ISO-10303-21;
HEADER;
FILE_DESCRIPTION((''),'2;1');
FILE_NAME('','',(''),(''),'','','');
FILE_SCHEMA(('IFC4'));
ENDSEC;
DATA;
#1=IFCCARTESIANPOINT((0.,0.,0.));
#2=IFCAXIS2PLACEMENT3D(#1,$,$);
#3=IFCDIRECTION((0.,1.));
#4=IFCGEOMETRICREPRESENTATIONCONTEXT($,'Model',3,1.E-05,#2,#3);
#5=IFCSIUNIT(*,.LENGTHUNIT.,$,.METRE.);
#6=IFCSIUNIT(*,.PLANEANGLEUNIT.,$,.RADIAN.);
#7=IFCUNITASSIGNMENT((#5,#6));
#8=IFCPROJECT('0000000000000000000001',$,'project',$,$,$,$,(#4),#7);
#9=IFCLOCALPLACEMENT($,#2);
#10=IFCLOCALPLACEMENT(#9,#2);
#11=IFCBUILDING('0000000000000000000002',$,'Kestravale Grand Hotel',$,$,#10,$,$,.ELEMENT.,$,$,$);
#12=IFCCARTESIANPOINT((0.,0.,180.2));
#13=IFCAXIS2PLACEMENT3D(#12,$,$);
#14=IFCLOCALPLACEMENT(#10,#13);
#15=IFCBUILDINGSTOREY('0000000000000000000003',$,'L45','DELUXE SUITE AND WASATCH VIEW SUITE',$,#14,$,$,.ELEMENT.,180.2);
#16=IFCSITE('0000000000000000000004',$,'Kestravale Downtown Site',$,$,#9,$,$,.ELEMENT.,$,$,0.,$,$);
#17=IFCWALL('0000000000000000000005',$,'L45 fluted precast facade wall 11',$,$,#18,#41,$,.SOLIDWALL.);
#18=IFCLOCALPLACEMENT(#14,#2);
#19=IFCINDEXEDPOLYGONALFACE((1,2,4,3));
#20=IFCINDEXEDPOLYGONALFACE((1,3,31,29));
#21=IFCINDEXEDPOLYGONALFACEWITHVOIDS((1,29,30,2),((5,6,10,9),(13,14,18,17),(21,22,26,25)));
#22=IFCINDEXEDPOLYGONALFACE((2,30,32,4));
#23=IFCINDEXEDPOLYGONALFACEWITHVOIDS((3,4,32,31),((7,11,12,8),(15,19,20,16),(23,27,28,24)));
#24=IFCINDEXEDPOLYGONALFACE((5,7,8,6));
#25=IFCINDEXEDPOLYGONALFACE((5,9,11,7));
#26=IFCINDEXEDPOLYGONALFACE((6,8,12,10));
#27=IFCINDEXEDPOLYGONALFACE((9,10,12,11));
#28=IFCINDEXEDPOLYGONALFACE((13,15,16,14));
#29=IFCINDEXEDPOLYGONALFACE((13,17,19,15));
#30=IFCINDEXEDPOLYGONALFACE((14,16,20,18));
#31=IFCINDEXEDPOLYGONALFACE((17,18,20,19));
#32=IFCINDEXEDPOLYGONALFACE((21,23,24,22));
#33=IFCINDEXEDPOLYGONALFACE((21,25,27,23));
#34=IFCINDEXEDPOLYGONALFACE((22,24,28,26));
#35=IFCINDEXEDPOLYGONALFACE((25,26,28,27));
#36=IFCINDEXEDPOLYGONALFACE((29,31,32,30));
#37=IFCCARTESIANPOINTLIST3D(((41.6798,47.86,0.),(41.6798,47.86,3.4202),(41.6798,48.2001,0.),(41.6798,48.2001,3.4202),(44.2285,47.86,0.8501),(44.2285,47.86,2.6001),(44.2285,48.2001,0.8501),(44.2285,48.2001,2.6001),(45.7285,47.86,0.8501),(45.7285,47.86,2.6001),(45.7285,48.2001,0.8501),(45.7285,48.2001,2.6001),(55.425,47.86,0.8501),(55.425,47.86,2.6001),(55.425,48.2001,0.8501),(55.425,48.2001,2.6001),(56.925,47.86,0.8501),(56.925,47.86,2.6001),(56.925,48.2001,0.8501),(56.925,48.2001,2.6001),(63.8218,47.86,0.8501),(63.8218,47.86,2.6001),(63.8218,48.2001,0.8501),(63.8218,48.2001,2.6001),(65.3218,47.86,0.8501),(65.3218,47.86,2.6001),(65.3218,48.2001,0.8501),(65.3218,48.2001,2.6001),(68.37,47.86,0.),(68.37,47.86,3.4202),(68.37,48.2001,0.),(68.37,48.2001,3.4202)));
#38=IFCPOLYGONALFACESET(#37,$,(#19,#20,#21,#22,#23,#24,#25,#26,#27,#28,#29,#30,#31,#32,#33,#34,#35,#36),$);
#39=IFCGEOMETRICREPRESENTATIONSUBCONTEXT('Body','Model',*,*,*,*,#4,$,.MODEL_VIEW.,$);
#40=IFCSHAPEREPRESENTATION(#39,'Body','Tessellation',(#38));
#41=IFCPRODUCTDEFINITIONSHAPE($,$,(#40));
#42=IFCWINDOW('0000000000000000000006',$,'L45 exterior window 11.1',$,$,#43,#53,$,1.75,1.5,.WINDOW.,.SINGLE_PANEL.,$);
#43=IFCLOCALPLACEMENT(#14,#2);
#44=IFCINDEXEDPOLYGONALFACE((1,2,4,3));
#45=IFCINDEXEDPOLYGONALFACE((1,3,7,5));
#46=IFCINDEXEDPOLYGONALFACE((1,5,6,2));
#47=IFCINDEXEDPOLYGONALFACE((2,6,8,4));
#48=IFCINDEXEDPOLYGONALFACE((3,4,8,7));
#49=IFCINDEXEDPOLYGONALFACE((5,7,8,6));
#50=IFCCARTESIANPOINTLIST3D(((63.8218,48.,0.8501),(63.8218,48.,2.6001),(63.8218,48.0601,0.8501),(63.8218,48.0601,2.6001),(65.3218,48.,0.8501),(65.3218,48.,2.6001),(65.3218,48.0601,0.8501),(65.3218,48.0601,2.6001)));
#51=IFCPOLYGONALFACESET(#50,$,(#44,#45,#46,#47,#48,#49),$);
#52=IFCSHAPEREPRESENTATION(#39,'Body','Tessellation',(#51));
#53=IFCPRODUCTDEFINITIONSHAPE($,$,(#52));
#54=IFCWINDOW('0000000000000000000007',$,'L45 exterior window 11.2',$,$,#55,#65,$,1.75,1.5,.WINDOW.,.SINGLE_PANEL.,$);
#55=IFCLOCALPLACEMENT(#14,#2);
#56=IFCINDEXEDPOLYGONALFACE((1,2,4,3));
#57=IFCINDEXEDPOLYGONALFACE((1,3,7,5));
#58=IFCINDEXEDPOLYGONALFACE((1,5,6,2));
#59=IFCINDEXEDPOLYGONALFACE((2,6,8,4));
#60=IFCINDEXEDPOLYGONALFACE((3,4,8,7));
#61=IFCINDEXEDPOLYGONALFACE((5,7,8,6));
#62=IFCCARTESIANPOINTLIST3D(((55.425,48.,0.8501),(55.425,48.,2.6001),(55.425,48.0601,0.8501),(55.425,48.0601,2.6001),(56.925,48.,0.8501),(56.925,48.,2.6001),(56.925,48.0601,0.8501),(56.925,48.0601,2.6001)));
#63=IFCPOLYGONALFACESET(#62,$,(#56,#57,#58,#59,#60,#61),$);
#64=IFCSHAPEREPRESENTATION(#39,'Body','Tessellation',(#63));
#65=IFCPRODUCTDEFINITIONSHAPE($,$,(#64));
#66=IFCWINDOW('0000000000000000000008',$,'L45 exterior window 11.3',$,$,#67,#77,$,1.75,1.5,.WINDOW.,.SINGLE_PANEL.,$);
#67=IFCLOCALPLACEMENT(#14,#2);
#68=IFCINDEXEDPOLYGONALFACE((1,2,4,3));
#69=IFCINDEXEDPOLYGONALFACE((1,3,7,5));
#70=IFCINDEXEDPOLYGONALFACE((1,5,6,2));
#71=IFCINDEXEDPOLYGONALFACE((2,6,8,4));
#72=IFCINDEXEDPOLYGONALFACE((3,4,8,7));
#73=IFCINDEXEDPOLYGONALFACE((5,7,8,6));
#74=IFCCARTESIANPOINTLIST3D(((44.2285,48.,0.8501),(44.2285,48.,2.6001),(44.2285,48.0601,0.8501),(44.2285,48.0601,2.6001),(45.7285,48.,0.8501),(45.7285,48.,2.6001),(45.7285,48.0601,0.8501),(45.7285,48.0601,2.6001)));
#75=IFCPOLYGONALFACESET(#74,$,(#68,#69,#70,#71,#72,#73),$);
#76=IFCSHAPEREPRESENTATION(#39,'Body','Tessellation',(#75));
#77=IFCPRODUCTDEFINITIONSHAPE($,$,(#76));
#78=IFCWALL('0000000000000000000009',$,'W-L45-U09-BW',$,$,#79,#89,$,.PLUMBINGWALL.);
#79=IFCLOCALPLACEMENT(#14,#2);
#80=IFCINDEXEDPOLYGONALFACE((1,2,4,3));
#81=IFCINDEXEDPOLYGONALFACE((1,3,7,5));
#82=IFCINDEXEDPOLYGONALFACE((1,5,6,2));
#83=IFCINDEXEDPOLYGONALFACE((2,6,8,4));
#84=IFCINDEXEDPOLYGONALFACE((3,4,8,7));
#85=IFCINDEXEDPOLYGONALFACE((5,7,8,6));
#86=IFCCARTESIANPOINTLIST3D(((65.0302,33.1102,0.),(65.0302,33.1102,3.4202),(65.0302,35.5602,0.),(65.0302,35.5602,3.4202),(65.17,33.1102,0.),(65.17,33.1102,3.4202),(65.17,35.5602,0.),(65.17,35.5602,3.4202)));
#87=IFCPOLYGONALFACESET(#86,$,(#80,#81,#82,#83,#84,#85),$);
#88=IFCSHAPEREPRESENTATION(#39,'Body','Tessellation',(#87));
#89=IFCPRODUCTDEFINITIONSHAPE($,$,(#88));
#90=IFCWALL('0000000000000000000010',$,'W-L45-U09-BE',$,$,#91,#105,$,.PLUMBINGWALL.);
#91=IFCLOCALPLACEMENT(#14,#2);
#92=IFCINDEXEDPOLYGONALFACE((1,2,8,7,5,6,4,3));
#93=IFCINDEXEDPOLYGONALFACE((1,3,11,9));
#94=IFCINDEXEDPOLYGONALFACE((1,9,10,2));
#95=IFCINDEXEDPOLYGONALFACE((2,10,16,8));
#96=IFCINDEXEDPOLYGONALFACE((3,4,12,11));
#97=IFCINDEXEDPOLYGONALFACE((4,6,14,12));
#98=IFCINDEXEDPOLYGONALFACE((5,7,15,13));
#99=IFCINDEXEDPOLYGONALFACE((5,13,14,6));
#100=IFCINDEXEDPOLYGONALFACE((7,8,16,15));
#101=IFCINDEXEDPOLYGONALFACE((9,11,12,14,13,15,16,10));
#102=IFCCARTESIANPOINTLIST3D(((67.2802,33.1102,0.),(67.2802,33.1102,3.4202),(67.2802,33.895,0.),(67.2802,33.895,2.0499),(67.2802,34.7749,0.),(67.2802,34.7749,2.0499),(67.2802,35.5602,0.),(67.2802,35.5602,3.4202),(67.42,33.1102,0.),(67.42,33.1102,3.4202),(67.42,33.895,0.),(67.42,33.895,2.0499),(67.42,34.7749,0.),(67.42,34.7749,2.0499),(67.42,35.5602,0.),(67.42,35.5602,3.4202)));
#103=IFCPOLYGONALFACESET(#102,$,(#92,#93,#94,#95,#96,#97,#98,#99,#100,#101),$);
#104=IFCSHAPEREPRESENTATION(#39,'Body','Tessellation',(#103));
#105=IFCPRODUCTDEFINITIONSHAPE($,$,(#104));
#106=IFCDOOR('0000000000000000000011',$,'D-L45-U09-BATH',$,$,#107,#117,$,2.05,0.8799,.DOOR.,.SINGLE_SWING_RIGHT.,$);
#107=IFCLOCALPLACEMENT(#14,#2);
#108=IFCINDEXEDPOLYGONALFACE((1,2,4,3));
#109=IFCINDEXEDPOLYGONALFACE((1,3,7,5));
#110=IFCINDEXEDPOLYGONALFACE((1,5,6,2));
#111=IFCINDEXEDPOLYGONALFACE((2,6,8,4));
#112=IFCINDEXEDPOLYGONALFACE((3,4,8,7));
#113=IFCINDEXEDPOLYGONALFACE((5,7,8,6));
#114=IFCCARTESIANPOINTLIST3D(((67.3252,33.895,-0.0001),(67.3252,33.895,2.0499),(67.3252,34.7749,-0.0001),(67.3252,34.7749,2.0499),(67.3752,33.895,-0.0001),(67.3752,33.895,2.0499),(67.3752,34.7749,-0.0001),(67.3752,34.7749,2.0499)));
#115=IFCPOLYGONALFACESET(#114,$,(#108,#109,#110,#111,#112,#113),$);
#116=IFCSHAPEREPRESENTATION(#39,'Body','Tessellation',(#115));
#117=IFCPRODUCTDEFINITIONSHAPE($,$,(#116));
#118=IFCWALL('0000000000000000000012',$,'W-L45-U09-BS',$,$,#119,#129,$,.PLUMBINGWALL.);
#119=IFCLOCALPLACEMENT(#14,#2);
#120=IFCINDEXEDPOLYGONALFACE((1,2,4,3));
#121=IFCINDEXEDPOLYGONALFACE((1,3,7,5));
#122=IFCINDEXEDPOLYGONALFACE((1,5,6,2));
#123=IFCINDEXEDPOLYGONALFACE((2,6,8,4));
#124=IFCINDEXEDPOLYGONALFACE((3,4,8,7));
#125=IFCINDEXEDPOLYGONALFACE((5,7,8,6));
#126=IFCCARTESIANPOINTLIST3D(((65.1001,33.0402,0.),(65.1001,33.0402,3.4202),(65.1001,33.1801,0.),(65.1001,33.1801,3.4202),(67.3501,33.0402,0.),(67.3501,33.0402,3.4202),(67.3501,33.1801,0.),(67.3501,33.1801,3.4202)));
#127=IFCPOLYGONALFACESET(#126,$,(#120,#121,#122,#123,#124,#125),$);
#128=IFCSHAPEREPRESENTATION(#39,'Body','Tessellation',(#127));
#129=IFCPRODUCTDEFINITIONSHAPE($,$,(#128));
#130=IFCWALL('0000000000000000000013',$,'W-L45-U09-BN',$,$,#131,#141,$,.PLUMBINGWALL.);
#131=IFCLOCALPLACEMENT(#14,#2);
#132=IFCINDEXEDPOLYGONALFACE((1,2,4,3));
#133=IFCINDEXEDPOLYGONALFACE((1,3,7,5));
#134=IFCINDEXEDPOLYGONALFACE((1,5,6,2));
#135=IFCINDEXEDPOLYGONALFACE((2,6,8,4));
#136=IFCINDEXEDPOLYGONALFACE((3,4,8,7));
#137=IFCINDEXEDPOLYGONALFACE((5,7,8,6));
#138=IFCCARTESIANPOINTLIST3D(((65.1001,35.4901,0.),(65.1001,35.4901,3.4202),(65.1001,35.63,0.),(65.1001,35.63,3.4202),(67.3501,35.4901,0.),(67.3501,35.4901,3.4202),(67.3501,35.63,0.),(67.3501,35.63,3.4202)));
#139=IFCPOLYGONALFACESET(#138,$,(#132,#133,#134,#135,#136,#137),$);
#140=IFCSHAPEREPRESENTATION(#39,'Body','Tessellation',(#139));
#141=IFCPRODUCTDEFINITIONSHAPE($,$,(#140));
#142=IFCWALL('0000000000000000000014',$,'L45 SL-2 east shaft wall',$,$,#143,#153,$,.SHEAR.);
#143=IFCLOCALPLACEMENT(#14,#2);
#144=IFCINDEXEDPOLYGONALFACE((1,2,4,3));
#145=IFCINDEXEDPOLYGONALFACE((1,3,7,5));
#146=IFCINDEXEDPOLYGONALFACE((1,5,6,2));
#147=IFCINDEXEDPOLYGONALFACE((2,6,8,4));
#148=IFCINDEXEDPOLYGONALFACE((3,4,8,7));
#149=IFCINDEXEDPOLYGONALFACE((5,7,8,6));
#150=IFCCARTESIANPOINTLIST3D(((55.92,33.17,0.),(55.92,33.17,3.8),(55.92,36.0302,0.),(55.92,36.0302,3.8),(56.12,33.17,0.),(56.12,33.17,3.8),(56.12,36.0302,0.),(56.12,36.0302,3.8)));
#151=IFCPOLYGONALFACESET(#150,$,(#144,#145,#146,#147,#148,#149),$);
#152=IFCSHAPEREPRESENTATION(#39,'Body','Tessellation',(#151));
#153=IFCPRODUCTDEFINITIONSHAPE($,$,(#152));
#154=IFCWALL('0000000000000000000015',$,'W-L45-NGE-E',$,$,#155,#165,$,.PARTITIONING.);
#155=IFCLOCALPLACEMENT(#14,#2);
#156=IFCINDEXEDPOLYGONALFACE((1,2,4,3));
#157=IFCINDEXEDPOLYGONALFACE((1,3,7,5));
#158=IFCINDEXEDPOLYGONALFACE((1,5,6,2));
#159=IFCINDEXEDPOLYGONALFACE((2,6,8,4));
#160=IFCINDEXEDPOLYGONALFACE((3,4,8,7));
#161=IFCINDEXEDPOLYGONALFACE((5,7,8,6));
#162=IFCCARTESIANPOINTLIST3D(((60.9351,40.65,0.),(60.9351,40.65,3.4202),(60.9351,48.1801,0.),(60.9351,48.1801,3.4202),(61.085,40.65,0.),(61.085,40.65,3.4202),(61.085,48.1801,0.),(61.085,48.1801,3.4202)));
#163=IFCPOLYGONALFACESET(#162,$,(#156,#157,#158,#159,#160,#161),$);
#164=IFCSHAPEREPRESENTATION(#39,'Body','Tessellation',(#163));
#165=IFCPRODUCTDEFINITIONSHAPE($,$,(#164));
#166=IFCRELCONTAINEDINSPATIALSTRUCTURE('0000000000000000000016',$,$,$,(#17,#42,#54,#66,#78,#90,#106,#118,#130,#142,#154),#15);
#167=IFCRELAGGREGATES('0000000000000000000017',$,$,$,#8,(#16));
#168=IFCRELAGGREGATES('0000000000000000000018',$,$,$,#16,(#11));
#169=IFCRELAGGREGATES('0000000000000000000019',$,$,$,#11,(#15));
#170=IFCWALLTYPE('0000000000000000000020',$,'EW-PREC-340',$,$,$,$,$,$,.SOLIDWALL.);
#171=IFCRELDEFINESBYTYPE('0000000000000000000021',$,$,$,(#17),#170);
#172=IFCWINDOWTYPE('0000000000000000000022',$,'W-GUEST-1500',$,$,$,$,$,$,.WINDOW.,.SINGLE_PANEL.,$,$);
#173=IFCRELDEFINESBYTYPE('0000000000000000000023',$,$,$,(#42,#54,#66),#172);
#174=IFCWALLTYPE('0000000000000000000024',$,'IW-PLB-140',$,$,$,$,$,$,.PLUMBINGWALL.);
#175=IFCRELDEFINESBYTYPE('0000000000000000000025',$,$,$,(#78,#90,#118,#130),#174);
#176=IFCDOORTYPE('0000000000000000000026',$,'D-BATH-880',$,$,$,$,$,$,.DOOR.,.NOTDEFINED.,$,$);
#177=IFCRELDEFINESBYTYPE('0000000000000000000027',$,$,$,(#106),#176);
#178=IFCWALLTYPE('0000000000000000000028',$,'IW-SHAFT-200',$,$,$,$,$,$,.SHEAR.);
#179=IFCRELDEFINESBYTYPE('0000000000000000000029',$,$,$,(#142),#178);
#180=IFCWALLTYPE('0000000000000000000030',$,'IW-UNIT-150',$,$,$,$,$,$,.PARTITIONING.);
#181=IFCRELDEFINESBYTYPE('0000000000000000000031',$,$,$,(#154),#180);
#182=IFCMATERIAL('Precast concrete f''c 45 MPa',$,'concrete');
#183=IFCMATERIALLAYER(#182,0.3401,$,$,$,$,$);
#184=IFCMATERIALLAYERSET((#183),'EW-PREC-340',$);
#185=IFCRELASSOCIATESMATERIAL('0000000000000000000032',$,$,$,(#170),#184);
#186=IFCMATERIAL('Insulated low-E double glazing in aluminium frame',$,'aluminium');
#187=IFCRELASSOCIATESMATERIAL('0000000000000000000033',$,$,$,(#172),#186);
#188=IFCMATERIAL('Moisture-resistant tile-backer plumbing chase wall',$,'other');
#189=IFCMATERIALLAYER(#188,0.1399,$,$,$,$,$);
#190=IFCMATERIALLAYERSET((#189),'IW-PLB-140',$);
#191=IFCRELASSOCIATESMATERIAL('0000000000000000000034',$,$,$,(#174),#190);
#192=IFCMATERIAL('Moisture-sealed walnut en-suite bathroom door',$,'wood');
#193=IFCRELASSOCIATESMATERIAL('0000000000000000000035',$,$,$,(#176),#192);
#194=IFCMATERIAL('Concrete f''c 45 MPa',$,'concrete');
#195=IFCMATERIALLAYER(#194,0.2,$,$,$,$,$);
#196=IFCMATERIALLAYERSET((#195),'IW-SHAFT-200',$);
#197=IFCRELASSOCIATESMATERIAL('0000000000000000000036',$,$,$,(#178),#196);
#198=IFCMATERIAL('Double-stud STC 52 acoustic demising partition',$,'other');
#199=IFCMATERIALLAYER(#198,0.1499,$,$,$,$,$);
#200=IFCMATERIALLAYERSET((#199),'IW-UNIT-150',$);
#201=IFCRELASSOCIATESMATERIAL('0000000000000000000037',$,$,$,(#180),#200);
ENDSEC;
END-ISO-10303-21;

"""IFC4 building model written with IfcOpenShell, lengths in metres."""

from ifc_helpers import new_model, si_unit, direction, frame, frame_2d, origin, place, context, subcontext, project, spatial, rectangle, extrude, material, layer, layer_set, type_object, element, fill, save


model = new_model("IFC4")

# Units and contexts
model_context = context("Model", 3, precision=1e-05, world=origin(), true_north=direction((0.0, 1.0)))
body_context = subcontext(model_context, "Body", "Model", "MODEL_VIEW")
ifc_project = project(units=[si_unit("LENGTHUNIT", "METRE"), si_unit("PLANEANGLEUNIT", "RADIAN")], contexts=[model_context])

# Site, building, storey
site_placement = place(None, origin())
site = spatial("IfcSite", under=ifc_project, at=site_placement, Name="Kestravale Downtown Site", CompositionType="ELEMENT", RefElevation=0.0)
building_placement = place(site_placement, origin())
building = spatial("IfcBuilding", under=site, at=building_placement, Name="Kestravale Grand Hotel", CompositionType="ELEMENT")
storey_placement = place(building_placement, frame((0.0, 0.0, 180.2)))
storey = spatial("IfcBuildingStorey", under=building, at=storey_placement, Name="L45", Description="DELUXE SUITE AND WASATCH VIEW SUITE", CompositionType="ELEMENT", Elevation=180.2)

# Shared definitions
ifc_material_1 = material(Name="Precast concrete f'c 45 MPa", Category="concrete")
ifc_layer_1 = layer(ifc_material_1, 0.3401)
ifc_layer_set_1 = layer_set([ifc_layer_1], Name="EW-PREC-340")
wall_type_1 = type_object("IfcWallType", Name="EW-PREC-340", PredefinedType="SOLIDWALL", material=ifc_layer_set_1)
ifc_material_2 = material(Name="Insulated low-E double glazing in aluminium frame", Category="aluminium")
window_type = type_object("IfcWindowType", Name="W-GUEST-1500", PartitioningType="SINGLE_PANEL", PredefinedType="WINDOW", material=ifc_material_2)

# Wall, openings, windows
wall_1_placement = place(storey_placement, frame((68.3701, 48.03, 0.0), z_axis=(0.0, 0.0, 1.0), x_axis=(-1.0, 0.0, 0.0)))
wall_1 = element("IfcWall", 1, at=wall_1_placement, inside=storey, type_object=wall_type_1, Name="L45 fluted precast facade wall 11", PredefinedType="SOLIDWALL", context=body_context, shape_type="SweptSolid", body=[
    extrude(rectangle(XDim=26.6902, YDim=0.3401, at=frame_2d((13.3452, 0.0))), origin(), (0.0, 0.0, 1.0), 3.4202),
])
opening_1_placement = place(wall_1_placement, frame((3.0483, 0.0, 0.8501)))
opening_1 = element("IfcOpeningElement", 2, at=opening_1_placement, cuts=wall_1, PredefinedType="OPENING", context=body_context, shape_type="SweptSolid", body=[
    extrude(rectangle(XDim=1.5, YDim=1.75, at=frame_2d((0.75, 0.875))), frame((0.0, 0.1799, 0.0), z_axis=(0.0, -1.0, 0.0), x_axis=(1.0, 0.0, 0.0)), (0.0, 0.0, 1.0), 0.3601),
])
opening_2_placement = place(wall_1_placement, frame((11.4451, 0.0, 0.8501)))
opening_2 = element("IfcOpeningElement", 3, at=opening_2_placement, cuts=wall_1, PredefinedType="OPENING", context=body_context, shape_type="SweptSolid", body=[
    extrude(rectangle(XDim=1.5, YDim=1.75, at=frame_2d((0.75, 0.875))), frame((0.0, 0.1799, 0.0), z_axis=(0.0, -1.0, 0.0), x_axis=(1.0, 0.0, 0.0)), (0.0, 0.0, 1.0), 0.3601),
])
opening_3_placement = place(wall_1_placement, frame((22.6416, 0.0, 0.8501)))
opening_3 = element("IfcOpeningElement", 4, at=opening_3_placement, cuts=wall_1, PredefinedType="OPENING", context=body_context, shape_type="SweptSolid", body=[
    extrude(rectangle(XDim=1.5, YDim=1.75, at=frame_2d((0.75, 0.875))), frame((0.0, 0.1799, 0.0), z_axis=(0.0, -1.0, 0.0), x_axis=(1.0, 0.0, 0.0)), (0.0, 0.0, 1.0), 0.3601),
])
window_1_placement = place(opening_1_placement, origin())
window_1 = element("IfcWindow", 5, at=window_1_placement, inside=storey, type_object=window_type, Name="L45 exterior window 11.1", OverallHeight=1.75, OverallWidth=1.5, PartitioningType="SINGLE_PANEL", PredefinedType="WINDOW", context=body_context, shape_type="SweptSolid", body=[
    extrude(rectangle(XDim=1.5, YDim=1.75, at=frame_2d((0.75, 0.875))), frame((0.0, 0.03, 0.0), z_axis=(0.0, -1.0, 0.0), x_axis=(1.0, 0.0, 0.0)), (0.0, 0.0, 1.0), 0.0601),
])
fill(opening_1, window_1)
window_2_placement = place(opening_2_placement, origin())
window_2 = element("IfcWindow", 6, at=window_2_placement, inside=storey, type_object=window_type, Name="L45 exterior window 11.2", OverallHeight=1.75, OverallWidth=1.5, PartitioningType="SINGLE_PANEL", PredefinedType="WINDOW", context=body_context, shape_type="SweptSolid", body=[
    extrude(rectangle(XDim=1.5, YDim=1.75, at=frame_2d((0.75, 0.875))), frame((0.0, 0.03, 0.0), z_axis=(0.0, -1.0, 0.0), x_axis=(1.0, 0.0, 0.0)), (0.0, 0.0, 1.0), 0.0601),
])
fill(opening_2, window_2)
window_3_placement = place(opening_3_placement, origin())
window_3 = element("IfcWindow", 7, at=window_3_placement, inside=storey, type_object=window_type, Name="L45 exterior window 11.3", OverallHeight=1.75, OverallWidth=1.5, PartitioningType="SINGLE_PANEL", PredefinedType="WINDOW", context=body_context, shape_type="SweptSolid", body=[
    extrude(rectangle(XDim=1.5, YDim=1.75, at=frame_2d((0.75, 0.875))), frame((0.0, 0.03, 0.0), z_axis=(0.0, -1.0, 0.0), x_axis=(1.0, 0.0, 0.0)), (0.0, 0.0, 1.0), 0.0601),
])
fill(opening_3, window_3)

# Wall
ifc_material_3 = material(Name="Moisture-resistant tile-backer plumbing chase wall", Category="other")
ifc_layer_2 = layer(ifc_material_3, 0.1399)
ifc_layer_set_2 = layer_set([ifc_layer_2], Name="IW-PLB-140")
wall_type_2 = type_object("IfcWallType", Name="IW-PLB-140", PredefinedType="PLUMBINGWALL", material=ifc_layer_set_2)
wall_2_placement = place(storey_placement, frame((65.1001, 33.1101, 0.0), z_axis=(0.0, 0.0, 1.0), x_axis=(0.0, 1.0, 0.0)))
element("IfcWall", 8, at=wall_2_placement, inside=storey, type_object=wall_type_2, Name="W-L45-U09-BW", PredefinedType="PLUMBINGWALL", context=body_context, shape_type="SweptSolid", body=[
    extrude(rectangle(XDim=2.45, YDim=0.1399, at=frame_2d((1.2251, 0.0))), origin(), (0.0, 0.0, 1.0), 3.4202),
])

# Wall, opening, door
wall_3_placement = place(storey_placement, frame((67.3501, 33.1101, 0.0), z_axis=(0.0, 0.0, 1.0), x_axis=(0.0, 1.0, 0.0)))
wall_3 = element("IfcWall", 9, at=wall_3_placement, inside=storey, type_object=wall_type_2, Name="W-L45-U09-BE", PredefinedType="PLUMBINGWALL", context=body_context, shape_type="SweptSolid", body=[
    extrude(rectangle(XDim=2.45, YDim=0.1399, at=frame_2d((1.2251, 0.0))), origin(), (0.0, 0.0, 1.0), 3.4202),
])
opening_4_placement = place(wall_3_placement, frame((0.7849, 0.0, 0.0)))
opening_4 = element("IfcOpeningElement", 10, at=opening_4_placement, cuts=wall_3, PredefinedType="OPENING", context=body_context, shape_type="SweptSolid", body=[
    extrude(rectangle(XDim=0.8799, YDim=2.05, at=frame_2d((0.4399, 1.0249))), frame((0.0, 0.0798, 0.0), z_axis=(0.0, -1.0, 0.0), x_axis=(1.0, 0.0, 0.0)), (0.0, 0.0, 1.0), 0.1599),
])
ifc_material_4 = material(Name="Moisture-sealed walnut en-suite bathroom door", Category="wood")
door_type_1 = type_object("IfcDoorType", Name="D-BATH-880", OperationType="NOTDEFINED", PredefinedType="DOOR", material=ifc_material_4)
door_1_placement = place(opening_4_placement, origin())
door_1 = element("IfcDoor", 11, at=door_1_placement, inside=storey, type_object=door_type_1, Name="D-L45-U09-BATH", OperationType="SINGLE_SWING_RIGHT", OverallHeight=2.05, OverallWidth=0.8799, PredefinedType="DOOR", context=body_context, shape_type="SweptSolid", body=[
    extrude(rectangle(XDim=0.8799, YDim=2.05, at=frame_2d((0.4399, 1.0249))), frame((0.0, 0.0249, 0.0), z_axis=(0.0, -1.0, 0.0), x_axis=(1.0, 0.0, 0.0)), (0.0, 0.0, 1.0), 0.05),
])
fill(opening_4, door_1)

# Walls
for number, where, z_axis, x_axis, name in (
    (12, (65.1001, 33.1101, 0.0), (0.0, 0.0, 1.0), (1.0, 0.0, 0.0), "W-L45-U09-BS"),
    (13, (65.1001, 35.5601, 0.0), (0.0, 0.0, 1.0), (1.0, 0.0, 0.0), "W-L45-U09-BN"),
):
    element("IfcWall", number, at=place(storey_placement, frame(where, z_axis=z_axis, x_axis=x_axis)), inside=storey, type_object=wall_type_2, Name=name, PredefinedType="PLUMBINGWALL", context=body_context, shape_type="SweptSolid", body=[
        extrude(rectangle(XDim=2.25, YDim=0.1399, at=frame_2d((1.125, 0.0))), origin(), (0.0, 0.0, 1.0), 3.4202),
    ])
ifc_material_5 = material(Name="Concrete f'c 45 MPa", Category="concrete")
ifc_layer_3 = layer(ifc_material_5, 0.2)
ifc_layer_set_3 = layer_set([ifc_layer_3], Name="IW-SHAFT-200")
wall_type_3 = type_object("IfcWallType", Name="IW-SHAFT-200", PredefinedType="SHEAR", material=ifc_layer_set_3)
wall_4_placement = place(storey_placement, frame((56.02, 33.1699, 0.0), z_axis=(0.0, 0.0, 1.0), x_axis=(0.0, 1.0, 0.0)))
element("IfcWall", 14, at=wall_4_placement, inside=storey, type_object=wall_type_3, Name="L45 SL-2 east shaft wall", PredefinedType="SHEAR", context=body_context, shape_type="SweptSolid", body=[
    extrude(rectangle(XDim=2.8601, YDim=0.2, at=frame_2d((1.4302, 0.0))), origin(), (0.0, 0.0, 1.0), 3.8),
])

# Shared definitions
ifc_material_6 = material(Name="Double-stud STC 52 acoustic demising partition", Category="other")
ifc_layer_4 = layer(ifc_material_6, 0.1499)
ifc_layer_set_4 = layer_set([ifc_layer_4], Name="IW-UNIT-150")
wall_type_4 = type_object("IfcWallType", Name="IW-UNIT-150", PredefinedType="PARTITIONING", material=ifc_layer_set_4)

# Wall
wall_5_placement = place(storey_placement, frame((61.01, 40.6499, 0.0), z_axis=(0.0, 0.0, 1.0), x_axis=(0.0, 1.0, 0.0)))
element("IfcWall", 15, at=wall_5_placement, inside=storey, type_object=wall_type_4, Name="W-L45-NGE-E", PredefinedType="PARTITIONING", context=body_context, shape_type="SweptSolid", body=[
    extrude(rectangle(XDim=7.53, YDim=0.1499, at=frame_2d((3.7651, 0.0))), origin(), (0.0, 0.0, 1.0), 3.4202),
])

save(model, "model.ifc")
